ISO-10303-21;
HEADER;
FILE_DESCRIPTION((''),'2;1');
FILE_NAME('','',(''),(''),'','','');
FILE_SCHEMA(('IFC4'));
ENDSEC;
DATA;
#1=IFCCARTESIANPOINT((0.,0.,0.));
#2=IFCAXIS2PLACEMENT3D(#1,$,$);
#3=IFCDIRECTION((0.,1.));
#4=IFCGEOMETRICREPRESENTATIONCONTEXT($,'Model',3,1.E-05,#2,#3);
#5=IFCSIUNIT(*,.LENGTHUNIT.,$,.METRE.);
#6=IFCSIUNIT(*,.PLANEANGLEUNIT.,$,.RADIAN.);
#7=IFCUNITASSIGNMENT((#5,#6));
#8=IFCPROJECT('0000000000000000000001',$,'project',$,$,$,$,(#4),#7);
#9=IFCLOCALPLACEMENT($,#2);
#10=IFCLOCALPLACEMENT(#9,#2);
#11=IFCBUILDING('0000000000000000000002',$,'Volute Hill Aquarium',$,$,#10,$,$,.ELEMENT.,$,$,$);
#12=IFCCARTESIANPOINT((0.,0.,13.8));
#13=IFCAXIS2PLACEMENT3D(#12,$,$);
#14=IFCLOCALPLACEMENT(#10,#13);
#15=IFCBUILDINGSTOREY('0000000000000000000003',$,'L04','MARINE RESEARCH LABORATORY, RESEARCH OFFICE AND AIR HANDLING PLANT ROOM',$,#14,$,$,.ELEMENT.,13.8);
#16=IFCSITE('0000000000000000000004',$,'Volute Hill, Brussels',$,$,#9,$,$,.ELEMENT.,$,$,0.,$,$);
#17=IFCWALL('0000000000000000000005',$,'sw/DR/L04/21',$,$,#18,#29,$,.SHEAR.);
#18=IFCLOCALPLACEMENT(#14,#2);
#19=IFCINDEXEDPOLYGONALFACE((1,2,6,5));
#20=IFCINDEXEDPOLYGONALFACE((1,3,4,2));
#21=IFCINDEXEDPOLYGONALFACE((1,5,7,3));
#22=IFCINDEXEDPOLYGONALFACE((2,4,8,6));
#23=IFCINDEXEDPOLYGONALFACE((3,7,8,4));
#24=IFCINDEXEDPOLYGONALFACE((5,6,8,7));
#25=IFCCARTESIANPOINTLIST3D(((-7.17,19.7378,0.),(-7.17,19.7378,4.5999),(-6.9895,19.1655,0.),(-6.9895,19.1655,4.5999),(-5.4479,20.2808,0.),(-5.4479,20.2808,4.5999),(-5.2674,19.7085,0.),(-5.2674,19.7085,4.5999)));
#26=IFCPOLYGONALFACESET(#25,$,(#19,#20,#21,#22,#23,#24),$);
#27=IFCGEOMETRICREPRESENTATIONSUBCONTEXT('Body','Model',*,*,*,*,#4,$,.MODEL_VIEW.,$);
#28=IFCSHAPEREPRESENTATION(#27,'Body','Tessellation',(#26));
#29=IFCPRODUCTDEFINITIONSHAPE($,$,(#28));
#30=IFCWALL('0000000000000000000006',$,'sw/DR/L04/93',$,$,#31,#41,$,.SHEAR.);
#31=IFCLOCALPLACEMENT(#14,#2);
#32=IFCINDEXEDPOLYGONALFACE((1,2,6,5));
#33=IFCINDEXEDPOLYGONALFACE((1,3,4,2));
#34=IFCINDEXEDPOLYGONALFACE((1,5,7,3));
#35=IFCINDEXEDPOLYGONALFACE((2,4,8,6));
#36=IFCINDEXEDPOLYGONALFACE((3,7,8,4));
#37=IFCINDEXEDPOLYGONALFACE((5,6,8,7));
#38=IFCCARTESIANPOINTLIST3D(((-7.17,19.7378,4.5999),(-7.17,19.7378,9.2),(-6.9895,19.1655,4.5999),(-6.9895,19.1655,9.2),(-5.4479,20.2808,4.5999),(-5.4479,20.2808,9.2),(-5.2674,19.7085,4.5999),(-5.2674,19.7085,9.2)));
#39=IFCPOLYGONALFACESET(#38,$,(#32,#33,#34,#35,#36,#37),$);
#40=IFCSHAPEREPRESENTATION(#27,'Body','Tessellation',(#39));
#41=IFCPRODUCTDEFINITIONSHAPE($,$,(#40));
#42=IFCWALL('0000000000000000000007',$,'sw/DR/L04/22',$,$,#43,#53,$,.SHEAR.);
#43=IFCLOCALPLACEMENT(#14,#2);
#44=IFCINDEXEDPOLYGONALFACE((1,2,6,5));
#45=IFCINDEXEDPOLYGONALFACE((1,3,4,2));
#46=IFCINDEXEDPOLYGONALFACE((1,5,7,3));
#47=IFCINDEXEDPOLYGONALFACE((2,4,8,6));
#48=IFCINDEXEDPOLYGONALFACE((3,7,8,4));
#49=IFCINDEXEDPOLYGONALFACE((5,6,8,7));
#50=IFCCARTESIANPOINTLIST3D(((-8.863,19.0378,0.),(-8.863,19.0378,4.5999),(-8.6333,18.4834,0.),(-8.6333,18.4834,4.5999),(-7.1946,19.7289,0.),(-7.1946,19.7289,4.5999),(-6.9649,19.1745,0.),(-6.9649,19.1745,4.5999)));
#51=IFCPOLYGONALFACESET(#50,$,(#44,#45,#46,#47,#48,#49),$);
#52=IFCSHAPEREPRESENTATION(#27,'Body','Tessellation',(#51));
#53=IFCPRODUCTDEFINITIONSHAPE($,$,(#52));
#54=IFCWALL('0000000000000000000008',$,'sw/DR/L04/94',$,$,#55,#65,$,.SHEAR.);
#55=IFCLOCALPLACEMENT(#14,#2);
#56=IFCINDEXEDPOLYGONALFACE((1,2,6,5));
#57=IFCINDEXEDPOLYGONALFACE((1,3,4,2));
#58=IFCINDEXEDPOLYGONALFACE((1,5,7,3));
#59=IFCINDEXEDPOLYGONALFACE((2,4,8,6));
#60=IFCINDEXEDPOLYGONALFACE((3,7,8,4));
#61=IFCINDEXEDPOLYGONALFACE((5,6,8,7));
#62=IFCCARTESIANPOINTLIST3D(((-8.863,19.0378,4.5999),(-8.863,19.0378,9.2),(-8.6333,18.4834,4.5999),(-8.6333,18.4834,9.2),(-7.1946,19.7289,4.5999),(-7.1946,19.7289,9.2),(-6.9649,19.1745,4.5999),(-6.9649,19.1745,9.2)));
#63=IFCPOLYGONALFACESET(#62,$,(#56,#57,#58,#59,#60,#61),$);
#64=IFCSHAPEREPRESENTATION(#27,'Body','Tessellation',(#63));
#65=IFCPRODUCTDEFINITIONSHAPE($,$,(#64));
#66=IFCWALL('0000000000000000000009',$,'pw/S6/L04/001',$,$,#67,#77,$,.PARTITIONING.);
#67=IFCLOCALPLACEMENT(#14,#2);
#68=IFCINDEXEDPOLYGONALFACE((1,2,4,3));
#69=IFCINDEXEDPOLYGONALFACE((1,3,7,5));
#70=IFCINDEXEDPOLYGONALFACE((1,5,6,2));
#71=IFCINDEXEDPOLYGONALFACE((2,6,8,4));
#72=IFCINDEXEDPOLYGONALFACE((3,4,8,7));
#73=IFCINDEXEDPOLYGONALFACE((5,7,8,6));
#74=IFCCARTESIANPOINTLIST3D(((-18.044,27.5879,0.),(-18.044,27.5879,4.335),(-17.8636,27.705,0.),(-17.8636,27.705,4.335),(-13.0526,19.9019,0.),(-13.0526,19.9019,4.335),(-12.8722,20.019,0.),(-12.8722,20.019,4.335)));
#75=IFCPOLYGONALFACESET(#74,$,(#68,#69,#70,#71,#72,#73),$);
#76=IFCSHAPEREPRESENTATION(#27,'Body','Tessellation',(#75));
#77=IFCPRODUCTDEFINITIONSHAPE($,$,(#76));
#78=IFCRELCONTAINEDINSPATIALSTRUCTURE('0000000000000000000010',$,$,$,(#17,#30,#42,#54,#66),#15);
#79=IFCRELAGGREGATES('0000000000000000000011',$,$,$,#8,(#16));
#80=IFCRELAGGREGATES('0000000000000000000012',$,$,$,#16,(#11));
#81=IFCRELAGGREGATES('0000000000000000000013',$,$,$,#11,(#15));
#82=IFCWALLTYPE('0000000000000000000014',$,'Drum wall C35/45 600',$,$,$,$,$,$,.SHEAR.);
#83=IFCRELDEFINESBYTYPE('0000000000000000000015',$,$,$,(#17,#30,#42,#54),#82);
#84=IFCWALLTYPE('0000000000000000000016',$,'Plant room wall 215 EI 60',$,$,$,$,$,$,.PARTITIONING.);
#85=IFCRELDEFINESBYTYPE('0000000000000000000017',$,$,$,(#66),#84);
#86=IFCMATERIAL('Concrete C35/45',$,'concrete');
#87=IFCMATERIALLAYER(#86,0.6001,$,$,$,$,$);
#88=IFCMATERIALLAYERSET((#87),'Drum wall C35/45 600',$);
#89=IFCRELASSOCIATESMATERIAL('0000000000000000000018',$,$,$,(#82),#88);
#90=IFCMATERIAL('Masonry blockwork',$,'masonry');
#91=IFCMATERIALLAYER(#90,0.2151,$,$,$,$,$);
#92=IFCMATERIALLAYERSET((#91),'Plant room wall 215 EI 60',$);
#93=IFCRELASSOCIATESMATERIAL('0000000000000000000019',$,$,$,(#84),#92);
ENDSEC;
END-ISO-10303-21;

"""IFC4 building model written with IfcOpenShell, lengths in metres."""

from ifc_helpers import new_model, si_unit, direction, frame, frame_2d, origin, place, context, subcontext, project, spatial, rectangle, extrude, material, layer, layer_set, type_object, element, save


model = new_model("IFC4")

# Units and contexts
model_context = context("Model", 3, precision=1e-05, world=origin(), true_north=direction((0.0, 1.0)))
body_context = subcontext(model_context, "Body", "Model", "MODEL_VIEW")
ifc_project = project(units=[si_unit("LENGTHUNIT", "METRE"), si_unit("PLANEANGLEUNIT", "RADIAN")], contexts=[model_context])

# Site, building, storey
site_placement = place(None, origin())
site = spatial("IfcSite", under=ifc_project, at=site_placement, Name="Volute Hill, Brussels", CompositionType="ELEMENT", RefElevation=0.0)
building_placement = place(site_placement, origin())
building = spatial("IfcBuilding", under=site, at=building_placement, Name="Volute Hill Aquarium", CompositionType="ELEMENT")
storey_placement = place(building_placement, frame((0.0, 0.0, 13.8)))
storey = spatial("IfcBuildingStorey", under=building, at=storey_placement, Name="L04", Description="MARINE RESEARCH LABORATORY, RESEARCH OFFICE AND AIR HANDLING PLANT ROOM", CompositionType="ELEMENT", Elevation=13.8)

# Walls
ifc_material_1 = material(Name="Concrete C35/45", Category="concrete")
ifc_layer_1 = layer(ifc_material_1, 0.6001)
ifc_layer_set_1 = layer_set([ifc_layer_1], Name="Drum wall C35/45 600")
wall_type_1 = type_object("IfcWallType", Name="Drum wall C35/45 600", PredefinedType="SHEAR", material=ifc_layer_set_1)
wall_1_placement = place(storey_placement, frame((-5.3577, 19.9946, 0.0), z_axis=(0.0, 0.0, 1.0), x_axis=(-0.953722, -0.300691, 0.0)))
element("IfcWall", 1, at=wall_1_placement, inside=storey, type_object=wall_type_1, Name="sw/DR/L04/21", PredefinedType="SHEAR", context=body_context, shape_type="SweptSolid", body=[
    extrude(rectangle(XDim=1.8057, YDim=0.6001, at=frame_2d((0.9028, 0.0))), origin(), (0.0, 0.0, 1.0), 4.5999),
])
wall_2_placement = place(storey_placement, frame((-5.3577, 19.9946, 4.5999), z_axis=(0.0, 0.0, 1.0), x_axis=(-0.953722, -0.300691, 0.0)))
element("IfcWall", 2, at=wall_2_placement, inside=storey, type_object=wall_type_1, Name="sw/DR/L04/93", PredefinedType="SHEAR", context=body_context, shape_type="SweptSolid", body=[
    extrude(rectangle(XDim=1.8057, YDim=0.6001, at=frame_2d((0.9028, 0.0))), origin(), (0.0, 0.0, 1.0), 4.6001),
])
wall_3_placement = place(storey_placement, frame((-7.0798, 19.4517, 0.0), z_axis=(0.0, 0.0, 1.0), x_axis=(-0.923867, -0.382714, 0.0)))
element("IfcWall", 3, at=wall_3_placement, inside=storey, type_object=wall_type_1, Name="sw/DR/L04/22", PredefinedType="SHEAR", context=body_context, shape_type="SweptSolid", body=[
    extrude(rectangle(XDim=1.8059, YDim=0.6001, at=frame_2d((0.9028, 0.0))), origin(), (0.0, 0.0, 1.0), 4.5999),
])
wall_4_placement = place(storey_placement, frame((-7.0798, 19.4517, 4.5999), z_axis=(0.0, 0.0, 1.0), x_axis=(-0.923867, -0.382714, 0.0)))
element("IfcWall", 4, at=wall_4_placement, inside=storey, type_object=wall_type_1, Name="sw/DR/L04/94", PredefinedType="SHEAR", context=body_context, shape_type="SweptSolid", body=[
    extrude(rectangle(XDim=1.8059, YDim=0.6001, at=frame_2d((0.9028, 0.0))), origin(), (0.0, 0.0, 1.0), 4.6001),
])
ifc_material_2 = material(Name="Masonry blockwork", Category="masonry")
ifc_layer_2 = layer(ifc_material_2, 0.2151)
ifc_layer_set_2 = layer_set([ifc_layer_2], Name="Plant room wall 215 EI 60")
wall_type_2 = type_object("IfcWallType", Name="Plant room wall 215 EI 60", PredefinedType="PARTITIONING", material=ifc_layer_set_2)
wall_5_placement = place(storey_placement, frame((-12.9624, 19.9604, 0.0), z_axis=(0.0, 0.0, 1.0), x_axis=(-0.544646, 0.838666, 0.0)))
element("IfcWall", 5, at=wall_5_placement, inside=storey, type_object=wall_type_2, Name="pw/S6/L04/001", PredefinedType="PARTITIONING", context=body_context, shape_type="SweptSolid", body=[
    extrude(rectangle(XDim=9.1646, YDim=0.2151, at=frame_2d((4.5823, 0.0))), origin(), (0.0, 0.0, 1.0), 4.335),
])

save(model, "model.ifc")
